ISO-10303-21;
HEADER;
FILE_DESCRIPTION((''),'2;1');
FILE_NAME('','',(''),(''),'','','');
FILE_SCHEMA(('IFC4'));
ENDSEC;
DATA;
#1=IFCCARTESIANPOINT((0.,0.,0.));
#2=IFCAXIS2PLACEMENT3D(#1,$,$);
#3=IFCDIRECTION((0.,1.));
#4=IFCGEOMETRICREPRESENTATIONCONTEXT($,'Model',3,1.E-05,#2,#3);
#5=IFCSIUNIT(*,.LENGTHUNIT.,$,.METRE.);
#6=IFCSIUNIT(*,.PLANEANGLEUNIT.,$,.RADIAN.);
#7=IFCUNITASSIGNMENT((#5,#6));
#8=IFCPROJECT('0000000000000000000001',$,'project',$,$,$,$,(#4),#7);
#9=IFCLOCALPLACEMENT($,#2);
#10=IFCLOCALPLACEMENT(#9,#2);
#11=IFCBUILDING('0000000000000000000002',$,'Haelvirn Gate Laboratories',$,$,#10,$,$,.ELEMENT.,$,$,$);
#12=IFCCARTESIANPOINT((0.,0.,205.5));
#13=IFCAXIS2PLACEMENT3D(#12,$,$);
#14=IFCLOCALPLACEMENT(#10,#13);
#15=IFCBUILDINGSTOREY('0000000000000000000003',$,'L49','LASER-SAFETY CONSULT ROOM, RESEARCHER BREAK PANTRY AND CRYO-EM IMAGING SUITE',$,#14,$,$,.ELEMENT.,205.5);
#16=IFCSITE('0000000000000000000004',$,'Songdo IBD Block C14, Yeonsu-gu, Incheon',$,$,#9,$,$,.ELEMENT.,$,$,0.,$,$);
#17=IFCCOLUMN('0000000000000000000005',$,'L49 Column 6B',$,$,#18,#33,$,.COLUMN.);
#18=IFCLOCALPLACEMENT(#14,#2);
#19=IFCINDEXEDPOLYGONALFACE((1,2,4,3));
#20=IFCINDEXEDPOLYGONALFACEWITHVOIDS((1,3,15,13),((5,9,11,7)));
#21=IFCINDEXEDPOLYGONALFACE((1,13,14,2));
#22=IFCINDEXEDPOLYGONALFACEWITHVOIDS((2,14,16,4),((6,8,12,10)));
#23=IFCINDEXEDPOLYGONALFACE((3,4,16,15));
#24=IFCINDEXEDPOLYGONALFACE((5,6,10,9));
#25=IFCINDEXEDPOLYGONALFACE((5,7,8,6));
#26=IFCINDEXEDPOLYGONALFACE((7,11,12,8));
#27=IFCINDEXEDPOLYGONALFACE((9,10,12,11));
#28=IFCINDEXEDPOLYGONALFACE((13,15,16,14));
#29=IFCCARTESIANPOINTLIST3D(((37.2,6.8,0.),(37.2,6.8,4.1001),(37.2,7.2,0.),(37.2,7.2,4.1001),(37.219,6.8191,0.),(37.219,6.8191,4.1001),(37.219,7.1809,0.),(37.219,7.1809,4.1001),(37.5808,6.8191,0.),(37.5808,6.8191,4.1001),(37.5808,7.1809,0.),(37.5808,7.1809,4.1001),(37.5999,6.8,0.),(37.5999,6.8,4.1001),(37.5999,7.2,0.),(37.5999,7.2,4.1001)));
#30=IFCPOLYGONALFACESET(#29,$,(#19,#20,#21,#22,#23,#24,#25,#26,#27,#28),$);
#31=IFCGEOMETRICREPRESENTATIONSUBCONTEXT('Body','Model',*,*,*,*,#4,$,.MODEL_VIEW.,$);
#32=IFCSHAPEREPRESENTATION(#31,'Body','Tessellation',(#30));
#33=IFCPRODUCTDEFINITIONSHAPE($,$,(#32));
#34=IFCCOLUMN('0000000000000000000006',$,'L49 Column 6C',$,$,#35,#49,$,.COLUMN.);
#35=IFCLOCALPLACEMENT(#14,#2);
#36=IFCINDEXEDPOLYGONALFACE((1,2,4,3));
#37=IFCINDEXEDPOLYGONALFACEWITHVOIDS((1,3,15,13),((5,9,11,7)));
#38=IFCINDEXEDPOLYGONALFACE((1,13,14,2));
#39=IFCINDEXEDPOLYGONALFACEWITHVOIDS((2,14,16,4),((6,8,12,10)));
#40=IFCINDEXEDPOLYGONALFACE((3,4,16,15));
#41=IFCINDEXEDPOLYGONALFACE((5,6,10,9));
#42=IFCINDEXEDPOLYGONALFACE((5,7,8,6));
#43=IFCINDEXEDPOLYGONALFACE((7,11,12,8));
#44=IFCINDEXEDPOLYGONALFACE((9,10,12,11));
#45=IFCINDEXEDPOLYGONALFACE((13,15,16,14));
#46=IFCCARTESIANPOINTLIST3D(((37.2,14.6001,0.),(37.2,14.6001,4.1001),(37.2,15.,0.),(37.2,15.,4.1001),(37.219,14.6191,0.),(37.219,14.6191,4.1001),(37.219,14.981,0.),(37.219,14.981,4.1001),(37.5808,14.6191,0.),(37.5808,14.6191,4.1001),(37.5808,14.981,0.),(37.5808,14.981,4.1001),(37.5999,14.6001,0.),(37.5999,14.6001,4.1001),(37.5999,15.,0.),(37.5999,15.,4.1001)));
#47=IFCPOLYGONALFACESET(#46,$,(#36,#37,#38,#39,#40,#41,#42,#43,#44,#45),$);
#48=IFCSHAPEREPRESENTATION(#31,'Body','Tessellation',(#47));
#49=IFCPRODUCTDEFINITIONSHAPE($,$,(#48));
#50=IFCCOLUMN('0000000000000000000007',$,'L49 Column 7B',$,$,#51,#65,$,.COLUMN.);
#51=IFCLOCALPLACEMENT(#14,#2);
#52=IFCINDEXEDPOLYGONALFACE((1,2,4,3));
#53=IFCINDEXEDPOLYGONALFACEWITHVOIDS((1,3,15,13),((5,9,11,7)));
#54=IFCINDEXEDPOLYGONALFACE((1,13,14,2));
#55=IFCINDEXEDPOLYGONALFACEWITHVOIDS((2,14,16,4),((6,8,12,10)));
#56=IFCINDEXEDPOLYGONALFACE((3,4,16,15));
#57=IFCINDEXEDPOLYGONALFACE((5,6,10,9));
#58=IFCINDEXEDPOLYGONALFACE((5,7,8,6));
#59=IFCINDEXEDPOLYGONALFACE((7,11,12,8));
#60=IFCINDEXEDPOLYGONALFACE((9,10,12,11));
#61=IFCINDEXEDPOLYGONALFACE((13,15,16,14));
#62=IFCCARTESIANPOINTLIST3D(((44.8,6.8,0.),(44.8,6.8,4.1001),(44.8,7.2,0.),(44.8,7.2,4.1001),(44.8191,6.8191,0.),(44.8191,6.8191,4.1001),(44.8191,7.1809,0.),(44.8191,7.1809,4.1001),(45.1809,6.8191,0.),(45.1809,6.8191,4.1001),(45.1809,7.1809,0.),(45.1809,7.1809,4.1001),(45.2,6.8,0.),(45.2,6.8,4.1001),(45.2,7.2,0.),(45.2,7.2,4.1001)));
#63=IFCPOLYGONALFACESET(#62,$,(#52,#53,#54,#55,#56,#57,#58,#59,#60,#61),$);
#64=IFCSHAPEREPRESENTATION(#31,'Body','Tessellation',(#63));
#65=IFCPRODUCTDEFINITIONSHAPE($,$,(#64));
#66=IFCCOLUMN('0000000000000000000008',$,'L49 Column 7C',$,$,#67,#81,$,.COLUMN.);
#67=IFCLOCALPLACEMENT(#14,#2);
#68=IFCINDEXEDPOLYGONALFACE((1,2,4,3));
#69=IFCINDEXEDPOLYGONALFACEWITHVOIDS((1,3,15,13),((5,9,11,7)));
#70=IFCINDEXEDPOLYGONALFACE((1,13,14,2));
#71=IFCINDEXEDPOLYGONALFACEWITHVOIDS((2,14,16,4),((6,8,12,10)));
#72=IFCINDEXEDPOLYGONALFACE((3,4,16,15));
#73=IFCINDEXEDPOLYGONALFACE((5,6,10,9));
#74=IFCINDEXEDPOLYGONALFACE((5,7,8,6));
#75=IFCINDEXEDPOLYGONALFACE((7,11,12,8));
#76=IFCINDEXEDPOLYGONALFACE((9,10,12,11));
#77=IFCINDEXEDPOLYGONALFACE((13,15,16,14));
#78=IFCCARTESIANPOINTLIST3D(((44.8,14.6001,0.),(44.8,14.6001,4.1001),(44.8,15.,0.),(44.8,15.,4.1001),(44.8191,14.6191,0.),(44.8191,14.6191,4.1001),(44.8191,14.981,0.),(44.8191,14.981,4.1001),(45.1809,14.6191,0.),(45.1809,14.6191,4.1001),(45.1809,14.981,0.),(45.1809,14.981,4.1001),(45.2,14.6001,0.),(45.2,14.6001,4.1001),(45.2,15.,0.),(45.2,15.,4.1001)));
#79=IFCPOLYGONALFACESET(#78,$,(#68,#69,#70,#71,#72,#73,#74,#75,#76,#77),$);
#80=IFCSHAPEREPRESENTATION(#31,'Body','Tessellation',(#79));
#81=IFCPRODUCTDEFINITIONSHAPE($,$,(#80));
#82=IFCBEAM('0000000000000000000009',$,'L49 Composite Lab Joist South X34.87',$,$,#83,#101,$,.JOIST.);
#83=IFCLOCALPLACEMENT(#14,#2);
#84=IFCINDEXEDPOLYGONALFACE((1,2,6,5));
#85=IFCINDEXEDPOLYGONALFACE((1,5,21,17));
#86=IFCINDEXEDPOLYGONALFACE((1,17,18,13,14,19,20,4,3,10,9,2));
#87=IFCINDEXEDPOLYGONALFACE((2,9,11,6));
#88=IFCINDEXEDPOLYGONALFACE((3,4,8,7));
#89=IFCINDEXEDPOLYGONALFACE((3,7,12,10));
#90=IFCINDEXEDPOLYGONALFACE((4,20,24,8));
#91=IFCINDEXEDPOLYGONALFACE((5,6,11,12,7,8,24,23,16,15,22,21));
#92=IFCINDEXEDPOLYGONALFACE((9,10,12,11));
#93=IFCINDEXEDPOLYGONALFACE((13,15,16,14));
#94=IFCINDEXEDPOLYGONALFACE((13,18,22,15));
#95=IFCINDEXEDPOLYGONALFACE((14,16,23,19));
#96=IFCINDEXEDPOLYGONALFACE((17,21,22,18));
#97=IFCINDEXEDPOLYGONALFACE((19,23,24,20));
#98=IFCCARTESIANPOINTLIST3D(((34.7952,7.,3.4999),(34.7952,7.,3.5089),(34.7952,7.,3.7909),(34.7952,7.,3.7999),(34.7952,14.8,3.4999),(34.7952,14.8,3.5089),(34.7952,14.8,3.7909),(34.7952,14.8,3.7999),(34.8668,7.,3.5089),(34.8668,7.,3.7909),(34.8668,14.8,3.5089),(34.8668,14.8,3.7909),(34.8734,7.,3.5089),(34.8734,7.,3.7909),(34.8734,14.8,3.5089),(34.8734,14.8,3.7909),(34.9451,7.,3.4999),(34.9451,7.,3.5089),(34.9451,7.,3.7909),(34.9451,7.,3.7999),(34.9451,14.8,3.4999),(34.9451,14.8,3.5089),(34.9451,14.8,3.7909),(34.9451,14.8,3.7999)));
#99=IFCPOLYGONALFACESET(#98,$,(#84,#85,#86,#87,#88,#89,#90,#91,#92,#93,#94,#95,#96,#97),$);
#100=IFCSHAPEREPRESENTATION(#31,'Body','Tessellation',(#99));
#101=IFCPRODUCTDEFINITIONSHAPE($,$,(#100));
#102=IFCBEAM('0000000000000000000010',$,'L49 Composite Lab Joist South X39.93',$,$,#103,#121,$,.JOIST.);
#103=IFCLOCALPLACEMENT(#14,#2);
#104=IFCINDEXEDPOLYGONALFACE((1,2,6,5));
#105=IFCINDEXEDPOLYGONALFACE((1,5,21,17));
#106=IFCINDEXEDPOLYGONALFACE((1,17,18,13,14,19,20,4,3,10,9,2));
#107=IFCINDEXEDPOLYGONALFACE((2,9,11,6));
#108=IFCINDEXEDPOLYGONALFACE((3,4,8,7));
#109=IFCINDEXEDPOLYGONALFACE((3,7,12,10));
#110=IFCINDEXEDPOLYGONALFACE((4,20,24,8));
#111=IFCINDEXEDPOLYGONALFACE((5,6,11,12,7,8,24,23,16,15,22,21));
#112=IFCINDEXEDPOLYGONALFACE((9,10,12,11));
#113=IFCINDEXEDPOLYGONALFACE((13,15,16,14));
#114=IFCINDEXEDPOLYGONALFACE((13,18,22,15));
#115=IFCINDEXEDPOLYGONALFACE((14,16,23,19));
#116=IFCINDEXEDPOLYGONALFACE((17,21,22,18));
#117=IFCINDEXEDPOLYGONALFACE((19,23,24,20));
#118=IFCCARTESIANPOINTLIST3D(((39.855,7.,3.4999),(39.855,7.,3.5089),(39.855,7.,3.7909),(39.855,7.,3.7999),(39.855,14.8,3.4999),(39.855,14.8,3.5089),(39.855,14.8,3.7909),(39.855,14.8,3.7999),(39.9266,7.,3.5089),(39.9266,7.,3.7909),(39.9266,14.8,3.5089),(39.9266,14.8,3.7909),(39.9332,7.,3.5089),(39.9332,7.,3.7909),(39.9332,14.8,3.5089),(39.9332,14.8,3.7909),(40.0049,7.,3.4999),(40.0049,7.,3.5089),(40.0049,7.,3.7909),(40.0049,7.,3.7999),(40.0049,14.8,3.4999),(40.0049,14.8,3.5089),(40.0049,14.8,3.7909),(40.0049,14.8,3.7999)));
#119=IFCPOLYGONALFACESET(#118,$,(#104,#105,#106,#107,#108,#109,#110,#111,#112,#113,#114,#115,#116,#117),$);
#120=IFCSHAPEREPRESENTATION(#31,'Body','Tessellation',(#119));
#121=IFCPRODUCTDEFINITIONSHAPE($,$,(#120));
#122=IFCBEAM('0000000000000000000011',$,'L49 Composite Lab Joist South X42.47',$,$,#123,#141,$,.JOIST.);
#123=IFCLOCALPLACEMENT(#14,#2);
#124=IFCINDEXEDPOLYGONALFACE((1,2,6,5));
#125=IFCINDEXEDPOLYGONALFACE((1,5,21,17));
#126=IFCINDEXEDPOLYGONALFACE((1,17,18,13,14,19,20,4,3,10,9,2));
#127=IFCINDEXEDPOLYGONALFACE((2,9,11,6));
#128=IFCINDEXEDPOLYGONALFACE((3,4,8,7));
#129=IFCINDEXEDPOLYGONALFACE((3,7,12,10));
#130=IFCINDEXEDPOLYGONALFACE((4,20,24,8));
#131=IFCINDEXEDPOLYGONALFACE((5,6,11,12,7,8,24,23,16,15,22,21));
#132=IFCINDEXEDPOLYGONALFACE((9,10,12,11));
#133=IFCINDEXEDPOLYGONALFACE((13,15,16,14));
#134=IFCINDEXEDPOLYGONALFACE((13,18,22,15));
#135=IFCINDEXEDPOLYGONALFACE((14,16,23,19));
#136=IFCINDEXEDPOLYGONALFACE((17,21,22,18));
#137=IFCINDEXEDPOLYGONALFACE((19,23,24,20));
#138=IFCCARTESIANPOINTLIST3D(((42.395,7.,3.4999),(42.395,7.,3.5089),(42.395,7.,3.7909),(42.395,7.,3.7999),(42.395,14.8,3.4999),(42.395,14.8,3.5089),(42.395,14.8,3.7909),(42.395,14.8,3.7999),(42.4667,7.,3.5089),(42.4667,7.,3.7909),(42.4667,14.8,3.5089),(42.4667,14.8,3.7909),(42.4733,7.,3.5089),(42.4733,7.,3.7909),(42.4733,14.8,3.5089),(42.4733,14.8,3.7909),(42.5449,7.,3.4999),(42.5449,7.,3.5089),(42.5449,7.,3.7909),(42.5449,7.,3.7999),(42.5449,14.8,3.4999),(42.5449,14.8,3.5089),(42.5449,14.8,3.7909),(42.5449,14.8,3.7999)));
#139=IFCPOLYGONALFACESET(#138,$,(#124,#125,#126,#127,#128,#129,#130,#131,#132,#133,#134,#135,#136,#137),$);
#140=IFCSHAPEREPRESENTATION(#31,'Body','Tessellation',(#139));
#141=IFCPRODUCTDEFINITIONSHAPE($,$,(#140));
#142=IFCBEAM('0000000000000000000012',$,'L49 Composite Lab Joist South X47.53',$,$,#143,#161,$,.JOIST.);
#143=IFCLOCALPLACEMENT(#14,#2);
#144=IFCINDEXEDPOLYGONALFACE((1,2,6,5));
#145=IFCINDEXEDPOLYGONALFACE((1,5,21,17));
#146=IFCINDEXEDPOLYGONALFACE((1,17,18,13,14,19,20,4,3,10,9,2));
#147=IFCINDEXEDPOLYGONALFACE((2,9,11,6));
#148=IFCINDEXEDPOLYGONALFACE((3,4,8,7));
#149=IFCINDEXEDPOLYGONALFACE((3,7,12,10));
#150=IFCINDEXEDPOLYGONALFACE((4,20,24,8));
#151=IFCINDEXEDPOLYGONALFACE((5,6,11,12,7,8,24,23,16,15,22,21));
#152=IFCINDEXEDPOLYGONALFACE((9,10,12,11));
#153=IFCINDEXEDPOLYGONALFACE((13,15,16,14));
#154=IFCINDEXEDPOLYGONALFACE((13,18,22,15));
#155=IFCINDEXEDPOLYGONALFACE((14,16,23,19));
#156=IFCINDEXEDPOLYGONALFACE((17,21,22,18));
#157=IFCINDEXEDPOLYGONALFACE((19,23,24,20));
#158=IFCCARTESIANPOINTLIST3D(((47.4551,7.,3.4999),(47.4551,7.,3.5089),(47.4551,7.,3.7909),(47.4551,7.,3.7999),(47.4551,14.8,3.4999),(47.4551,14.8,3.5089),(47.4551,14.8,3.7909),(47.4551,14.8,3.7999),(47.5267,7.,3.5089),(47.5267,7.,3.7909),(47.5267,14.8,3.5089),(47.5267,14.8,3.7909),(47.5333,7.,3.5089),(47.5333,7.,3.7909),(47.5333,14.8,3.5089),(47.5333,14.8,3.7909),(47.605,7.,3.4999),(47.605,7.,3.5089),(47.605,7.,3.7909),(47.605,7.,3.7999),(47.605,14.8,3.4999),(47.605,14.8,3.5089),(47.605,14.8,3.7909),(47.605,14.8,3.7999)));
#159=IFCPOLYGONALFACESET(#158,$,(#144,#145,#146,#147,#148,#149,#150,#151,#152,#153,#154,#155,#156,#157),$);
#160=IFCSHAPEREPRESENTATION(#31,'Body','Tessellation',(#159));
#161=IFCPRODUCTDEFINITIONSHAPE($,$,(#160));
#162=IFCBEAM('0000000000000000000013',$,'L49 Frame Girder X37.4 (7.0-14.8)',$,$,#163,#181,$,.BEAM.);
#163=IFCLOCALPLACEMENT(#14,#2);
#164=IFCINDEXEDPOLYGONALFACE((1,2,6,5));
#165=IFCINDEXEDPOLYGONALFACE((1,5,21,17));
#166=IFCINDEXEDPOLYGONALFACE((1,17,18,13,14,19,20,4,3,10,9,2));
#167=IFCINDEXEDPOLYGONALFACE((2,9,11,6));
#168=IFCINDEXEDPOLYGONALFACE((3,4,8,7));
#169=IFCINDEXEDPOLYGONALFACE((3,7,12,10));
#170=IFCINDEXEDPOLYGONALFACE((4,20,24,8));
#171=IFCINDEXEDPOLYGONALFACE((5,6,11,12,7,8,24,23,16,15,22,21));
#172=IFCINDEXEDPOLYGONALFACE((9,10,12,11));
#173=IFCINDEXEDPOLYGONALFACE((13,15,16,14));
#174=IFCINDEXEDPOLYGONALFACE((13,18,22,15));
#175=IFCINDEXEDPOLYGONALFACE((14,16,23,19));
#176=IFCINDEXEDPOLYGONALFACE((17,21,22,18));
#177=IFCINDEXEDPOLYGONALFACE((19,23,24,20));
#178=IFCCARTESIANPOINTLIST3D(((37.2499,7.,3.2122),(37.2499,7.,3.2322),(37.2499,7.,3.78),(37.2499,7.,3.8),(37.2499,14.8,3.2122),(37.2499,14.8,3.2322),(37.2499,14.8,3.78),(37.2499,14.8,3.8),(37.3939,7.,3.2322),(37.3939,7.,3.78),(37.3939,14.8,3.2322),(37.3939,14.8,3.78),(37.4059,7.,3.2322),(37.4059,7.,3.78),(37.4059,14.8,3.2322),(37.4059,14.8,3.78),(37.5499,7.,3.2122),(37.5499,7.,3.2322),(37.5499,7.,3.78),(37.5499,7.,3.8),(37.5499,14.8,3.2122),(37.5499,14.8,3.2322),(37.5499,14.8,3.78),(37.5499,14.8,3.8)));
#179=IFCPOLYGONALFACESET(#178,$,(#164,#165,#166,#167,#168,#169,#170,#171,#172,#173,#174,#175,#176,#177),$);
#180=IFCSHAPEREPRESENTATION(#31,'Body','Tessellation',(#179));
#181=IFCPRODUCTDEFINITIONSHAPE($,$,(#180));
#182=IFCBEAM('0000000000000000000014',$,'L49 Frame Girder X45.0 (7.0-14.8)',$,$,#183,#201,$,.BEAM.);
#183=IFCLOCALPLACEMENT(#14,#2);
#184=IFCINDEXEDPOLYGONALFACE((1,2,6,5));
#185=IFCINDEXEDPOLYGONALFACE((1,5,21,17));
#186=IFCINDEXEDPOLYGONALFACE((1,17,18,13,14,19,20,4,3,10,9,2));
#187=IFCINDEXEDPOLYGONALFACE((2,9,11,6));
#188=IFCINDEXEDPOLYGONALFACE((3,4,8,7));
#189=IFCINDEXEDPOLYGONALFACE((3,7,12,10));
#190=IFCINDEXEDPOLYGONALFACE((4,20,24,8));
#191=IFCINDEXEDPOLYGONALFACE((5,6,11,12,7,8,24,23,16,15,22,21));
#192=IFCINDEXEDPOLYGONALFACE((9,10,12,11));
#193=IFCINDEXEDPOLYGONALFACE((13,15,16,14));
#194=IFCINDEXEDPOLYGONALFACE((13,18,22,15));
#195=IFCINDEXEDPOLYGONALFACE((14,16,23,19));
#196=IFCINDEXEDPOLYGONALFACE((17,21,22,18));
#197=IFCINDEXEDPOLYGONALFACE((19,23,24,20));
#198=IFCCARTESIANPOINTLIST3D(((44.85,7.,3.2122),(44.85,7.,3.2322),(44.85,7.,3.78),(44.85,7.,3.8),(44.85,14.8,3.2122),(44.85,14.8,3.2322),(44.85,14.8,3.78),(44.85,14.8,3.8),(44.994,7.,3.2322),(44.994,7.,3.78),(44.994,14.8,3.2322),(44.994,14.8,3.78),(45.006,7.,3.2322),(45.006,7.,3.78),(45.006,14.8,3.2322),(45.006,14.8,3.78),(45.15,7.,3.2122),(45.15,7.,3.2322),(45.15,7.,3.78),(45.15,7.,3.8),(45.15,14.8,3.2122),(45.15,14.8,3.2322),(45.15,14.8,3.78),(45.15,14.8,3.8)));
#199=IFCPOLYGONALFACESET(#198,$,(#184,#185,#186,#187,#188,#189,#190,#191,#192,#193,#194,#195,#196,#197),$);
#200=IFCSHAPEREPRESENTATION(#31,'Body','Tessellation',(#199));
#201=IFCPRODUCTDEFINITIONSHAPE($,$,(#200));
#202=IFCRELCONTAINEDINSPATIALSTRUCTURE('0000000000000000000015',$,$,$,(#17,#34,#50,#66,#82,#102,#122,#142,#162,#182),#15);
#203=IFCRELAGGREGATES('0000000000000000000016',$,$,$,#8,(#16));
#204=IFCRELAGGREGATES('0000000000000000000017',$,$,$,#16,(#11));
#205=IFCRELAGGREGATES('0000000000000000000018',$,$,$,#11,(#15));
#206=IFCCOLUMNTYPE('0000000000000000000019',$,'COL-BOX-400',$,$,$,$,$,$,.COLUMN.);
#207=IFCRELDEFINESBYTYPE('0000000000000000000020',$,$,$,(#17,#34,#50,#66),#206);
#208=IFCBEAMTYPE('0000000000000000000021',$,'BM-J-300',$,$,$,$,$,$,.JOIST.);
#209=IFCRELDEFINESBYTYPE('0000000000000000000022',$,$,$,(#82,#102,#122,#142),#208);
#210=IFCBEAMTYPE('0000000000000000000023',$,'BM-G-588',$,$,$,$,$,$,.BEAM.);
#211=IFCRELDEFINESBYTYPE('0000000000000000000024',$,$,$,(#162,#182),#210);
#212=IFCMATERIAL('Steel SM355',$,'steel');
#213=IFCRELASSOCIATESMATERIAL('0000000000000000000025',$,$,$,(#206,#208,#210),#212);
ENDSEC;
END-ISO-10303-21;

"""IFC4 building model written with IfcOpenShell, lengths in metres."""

from ifc_helpers import new_model, si_unit, direction, frame, origin, origin_2d, place, context, subcontext, project, spatial, hollow_rectangle, i_section, extrude, source, transform, mapped, material, material_profile, profile_set, type_object, type_shapes, element, save


model = new_model("IFC4")

# Units and contexts
model_context = context("Model", 3, precision=1e-05, world=origin(), true_north=direction((0.0, 1.0)))
body_context = subcontext(model_context, "Body", "Model", "MODEL_VIEW")
ifc_project = project(units=[si_unit("LENGTHUNIT", "METRE"), si_unit("PLANEANGLEUNIT", "RADIAN")], contexts=[model_context])

# Site, building, storey
site_placement = place(None, origin())
site = spatial("IfcSite", under=ifc_project, at=site_placement, Name="Songdo IBD Block C14, Yeonsu-gu, Incheon", CompositionType="ELEMENT", RefElevation=0.0)
building_placement = place(site_placement, origin())
building = spatial("IfcBuilding", under=site, at=building_placement, Name="Haelvirn Gate Laboratories", CompositionType="ELEMENT")
storey_placement = place(building_placement, frame((0.0, 0.0, 205.5)))
storey = spatial("IfcBuildingStorey", under=building, at=storey_placement, Name="L49", Description="LASER-SAFETY CONSULT ROOM, RESEARCHER BREAK PANTRY AND CRYO-EM IMAGING SUITE", CompositionType="ELEMENT", Elevation=205.5)

# Columns
ifc_material_1 = material(Name="Steel SM355", Category="steel")
ifc_material_profile_1 = material_profile(ifc_material_1, hollow_rectangle(XDim=0.3999, YDim=0.3999, WallThickness=0.019, at=origin_2d()), Name="BOX-400x400x19")
ifc_profile_set_1 = profile_set([ifc_material_profile_1], Name="Steel SM355")
column_type = type_object("IfcColumnType", Name="COL-BOX-400", PredefinedType="COLUMN", material=ifc_profile_set_1)
shared_shape_1 = source(origin(), body_context, "Body", "SweptSolid", [
    extrude(hollow_rectangle(XDim=0.3999, YDim=0.3999, WallThickness=0.019, at=origin_2d()), origin(), (0.0, 0.0, 1.0), 4.1001),
])
type_shapes(column_type, [shared_shape_1])
for number, where, z_axis, x_axis, name in (
    (1, (37.3999, 7.0, 0.0), (0.0, 0.0, 1.0), (1.0, 0.0, 0.0), "L49 Column 6B"),
    (2, (37.3999, 14.8, 0.0), (0.0, 0.0, 1.0), (1.0, 0.0, 0.0), "L49 Column 6C"),
    (3, (45.0, 7.0, 0.0), (0.0, 0.0, 1.0), (1.0, 0.0, 0.0), "L49 Column 7B"),
    (4, (45.0, 14.8, 0.0), (0.0, 0.0, 1.0), (1.0, 0.0, 0.0), "L49 Column 7C"),
):
    element("IfcColumn", number, at=place(storey_placement, frame(where, z_axis=z_axis, x_axis=x_axis)), inside=storey, type_object=column_type, Name=name, PredefinedType="COLUMN", context=body_context, shape_type="MappedRepresentation", body=[
        mapped(shared_shape_1, transform((0.0, 0.0, 0.0), scale=1.0)),
    ])

# Beams
ifc_material_profile_2 = material_profile(ifc_material_1, i_section(OverallWidth=0.1499, OverallDepth=0.3, WebThickness=0.0066, FlangeThickness=0.009, at=origin_2d()), Name="H-300x150x6.5x9")
ifc_profile_set_2 = profile_set([ifc_material_profile_2], Name="Steel SM355")
beam_type_1 = type_object("IfcBeamType", Name="BM-J-300", PredefinedType="JOIST", material=ifc_profile_set_2)
shared_shape_2 = source(origin(), body_context, "Body", "SweptSolid", [
    extrude(i_section(OverallWidth=0.1499, OverallDepth=0.3, WebThickness=0.0066, FlangeThickness=0.009, at=origin_2d()), origin(), (0.0, 0.0, 1.0), 7.8),
])
type_shapes(beam_type_1, [shared_shape_2])
for number, where, z_axis, x_axis, name in (
    (5, (34.8701, 7.0, 3.6499), (0.0, 1.0, 0.0), (-1.0, 0.0, 0.0), "L49 Composite Lab Joist South X34.87"),
    (6, (39.9299, 7.0, 3.6499), (0.0, 1.0, 0.0), (-1.0, 0.0, 0.0), "L49 Composite Lab Joist South X39.93"),
    (7, (42.47, 7.0, 3.6499), (0.0, 1.0, 0.0), (-1.0, 0.0, 0.0), "L49 Composite Lab Joist South X42.47"),
    (8, (47.53, 7.0, 3.6499), (0.0, 1.0, 0.0), (-1.0, 0.0, 0.0), "L49 Composite Lab Joist South X47.53"),
):
    element("IfcBeam", number, at=place(storey_placement, frame(where, z_axis=z_axis, x_axis=x_axis)), inside=storey, type_object=beam_type_1, Name=name, PredefinedType="JOIST", context=body_context, shape_type="MappedRepresentation", body=[
        mapped(shared_shape_2, transform((0.0, 0.0, 0.0), scale=1.0)),
    ])
ifc_material_profile_3 = material_profile(ifc_material_1, i_section(OverallWidth=0.3, OverallDepth=0.5879, WebThickness=0.012, FlangeThickness=0.02, at=origin_2d()), Name="H-588x300x12x20")
ifc_profile_set_3 = profile_set([ifc_material_profile_3], Name="Steel SM355")
beam_type_2 = type_object("IfcBeamType", Name="BM-G-588", PredefinedType="BEAM", material=ifc_profile_set_3)
shared_shape_3 = source(origin(), body_context, "Body", "SweptSolid", [
    extrude(i_section(OverallWidth=0.3, OverallDepth=0.5879, WebThickness=0.012, FlangeThickness=0.02, at=origin_2d()), origin(), (0.0, 0.0, 1.0), 7.8),
])
type_shapes(beam_type_2, [shared_shape_3])
for number, where, z_axis, x_axis, name in (
    (9, (37.3999, 7.0, 3.5061), (0.0, 1.0, 0.0), (-1.0, 0.0, 0.0), "L49 Frame Girder X37.4 (7.0-14.8)"),
    (10, (45.0, 7.0, 3.5061), (0.0, 1.0, 0.0), (-1.0, 0.0, 0.0), "L49 Frame Girder X45.0 (7.0-14.8)"),
):
    element("IfcBeam", number, at=place(storey_placement, frame(where, z_axis=z_axis, x_axis=x_axis)), inside=storey, type_object=beam_type_2, Name=name, PredefinedType="BEAM", context=body_context, shape_type="MappedRepresentation", body=[
        mapped(shared_shape_3, transform((0.0, 0.0, 0.0), scale=1.0)),
    ])

save(model, "model.ifc")
